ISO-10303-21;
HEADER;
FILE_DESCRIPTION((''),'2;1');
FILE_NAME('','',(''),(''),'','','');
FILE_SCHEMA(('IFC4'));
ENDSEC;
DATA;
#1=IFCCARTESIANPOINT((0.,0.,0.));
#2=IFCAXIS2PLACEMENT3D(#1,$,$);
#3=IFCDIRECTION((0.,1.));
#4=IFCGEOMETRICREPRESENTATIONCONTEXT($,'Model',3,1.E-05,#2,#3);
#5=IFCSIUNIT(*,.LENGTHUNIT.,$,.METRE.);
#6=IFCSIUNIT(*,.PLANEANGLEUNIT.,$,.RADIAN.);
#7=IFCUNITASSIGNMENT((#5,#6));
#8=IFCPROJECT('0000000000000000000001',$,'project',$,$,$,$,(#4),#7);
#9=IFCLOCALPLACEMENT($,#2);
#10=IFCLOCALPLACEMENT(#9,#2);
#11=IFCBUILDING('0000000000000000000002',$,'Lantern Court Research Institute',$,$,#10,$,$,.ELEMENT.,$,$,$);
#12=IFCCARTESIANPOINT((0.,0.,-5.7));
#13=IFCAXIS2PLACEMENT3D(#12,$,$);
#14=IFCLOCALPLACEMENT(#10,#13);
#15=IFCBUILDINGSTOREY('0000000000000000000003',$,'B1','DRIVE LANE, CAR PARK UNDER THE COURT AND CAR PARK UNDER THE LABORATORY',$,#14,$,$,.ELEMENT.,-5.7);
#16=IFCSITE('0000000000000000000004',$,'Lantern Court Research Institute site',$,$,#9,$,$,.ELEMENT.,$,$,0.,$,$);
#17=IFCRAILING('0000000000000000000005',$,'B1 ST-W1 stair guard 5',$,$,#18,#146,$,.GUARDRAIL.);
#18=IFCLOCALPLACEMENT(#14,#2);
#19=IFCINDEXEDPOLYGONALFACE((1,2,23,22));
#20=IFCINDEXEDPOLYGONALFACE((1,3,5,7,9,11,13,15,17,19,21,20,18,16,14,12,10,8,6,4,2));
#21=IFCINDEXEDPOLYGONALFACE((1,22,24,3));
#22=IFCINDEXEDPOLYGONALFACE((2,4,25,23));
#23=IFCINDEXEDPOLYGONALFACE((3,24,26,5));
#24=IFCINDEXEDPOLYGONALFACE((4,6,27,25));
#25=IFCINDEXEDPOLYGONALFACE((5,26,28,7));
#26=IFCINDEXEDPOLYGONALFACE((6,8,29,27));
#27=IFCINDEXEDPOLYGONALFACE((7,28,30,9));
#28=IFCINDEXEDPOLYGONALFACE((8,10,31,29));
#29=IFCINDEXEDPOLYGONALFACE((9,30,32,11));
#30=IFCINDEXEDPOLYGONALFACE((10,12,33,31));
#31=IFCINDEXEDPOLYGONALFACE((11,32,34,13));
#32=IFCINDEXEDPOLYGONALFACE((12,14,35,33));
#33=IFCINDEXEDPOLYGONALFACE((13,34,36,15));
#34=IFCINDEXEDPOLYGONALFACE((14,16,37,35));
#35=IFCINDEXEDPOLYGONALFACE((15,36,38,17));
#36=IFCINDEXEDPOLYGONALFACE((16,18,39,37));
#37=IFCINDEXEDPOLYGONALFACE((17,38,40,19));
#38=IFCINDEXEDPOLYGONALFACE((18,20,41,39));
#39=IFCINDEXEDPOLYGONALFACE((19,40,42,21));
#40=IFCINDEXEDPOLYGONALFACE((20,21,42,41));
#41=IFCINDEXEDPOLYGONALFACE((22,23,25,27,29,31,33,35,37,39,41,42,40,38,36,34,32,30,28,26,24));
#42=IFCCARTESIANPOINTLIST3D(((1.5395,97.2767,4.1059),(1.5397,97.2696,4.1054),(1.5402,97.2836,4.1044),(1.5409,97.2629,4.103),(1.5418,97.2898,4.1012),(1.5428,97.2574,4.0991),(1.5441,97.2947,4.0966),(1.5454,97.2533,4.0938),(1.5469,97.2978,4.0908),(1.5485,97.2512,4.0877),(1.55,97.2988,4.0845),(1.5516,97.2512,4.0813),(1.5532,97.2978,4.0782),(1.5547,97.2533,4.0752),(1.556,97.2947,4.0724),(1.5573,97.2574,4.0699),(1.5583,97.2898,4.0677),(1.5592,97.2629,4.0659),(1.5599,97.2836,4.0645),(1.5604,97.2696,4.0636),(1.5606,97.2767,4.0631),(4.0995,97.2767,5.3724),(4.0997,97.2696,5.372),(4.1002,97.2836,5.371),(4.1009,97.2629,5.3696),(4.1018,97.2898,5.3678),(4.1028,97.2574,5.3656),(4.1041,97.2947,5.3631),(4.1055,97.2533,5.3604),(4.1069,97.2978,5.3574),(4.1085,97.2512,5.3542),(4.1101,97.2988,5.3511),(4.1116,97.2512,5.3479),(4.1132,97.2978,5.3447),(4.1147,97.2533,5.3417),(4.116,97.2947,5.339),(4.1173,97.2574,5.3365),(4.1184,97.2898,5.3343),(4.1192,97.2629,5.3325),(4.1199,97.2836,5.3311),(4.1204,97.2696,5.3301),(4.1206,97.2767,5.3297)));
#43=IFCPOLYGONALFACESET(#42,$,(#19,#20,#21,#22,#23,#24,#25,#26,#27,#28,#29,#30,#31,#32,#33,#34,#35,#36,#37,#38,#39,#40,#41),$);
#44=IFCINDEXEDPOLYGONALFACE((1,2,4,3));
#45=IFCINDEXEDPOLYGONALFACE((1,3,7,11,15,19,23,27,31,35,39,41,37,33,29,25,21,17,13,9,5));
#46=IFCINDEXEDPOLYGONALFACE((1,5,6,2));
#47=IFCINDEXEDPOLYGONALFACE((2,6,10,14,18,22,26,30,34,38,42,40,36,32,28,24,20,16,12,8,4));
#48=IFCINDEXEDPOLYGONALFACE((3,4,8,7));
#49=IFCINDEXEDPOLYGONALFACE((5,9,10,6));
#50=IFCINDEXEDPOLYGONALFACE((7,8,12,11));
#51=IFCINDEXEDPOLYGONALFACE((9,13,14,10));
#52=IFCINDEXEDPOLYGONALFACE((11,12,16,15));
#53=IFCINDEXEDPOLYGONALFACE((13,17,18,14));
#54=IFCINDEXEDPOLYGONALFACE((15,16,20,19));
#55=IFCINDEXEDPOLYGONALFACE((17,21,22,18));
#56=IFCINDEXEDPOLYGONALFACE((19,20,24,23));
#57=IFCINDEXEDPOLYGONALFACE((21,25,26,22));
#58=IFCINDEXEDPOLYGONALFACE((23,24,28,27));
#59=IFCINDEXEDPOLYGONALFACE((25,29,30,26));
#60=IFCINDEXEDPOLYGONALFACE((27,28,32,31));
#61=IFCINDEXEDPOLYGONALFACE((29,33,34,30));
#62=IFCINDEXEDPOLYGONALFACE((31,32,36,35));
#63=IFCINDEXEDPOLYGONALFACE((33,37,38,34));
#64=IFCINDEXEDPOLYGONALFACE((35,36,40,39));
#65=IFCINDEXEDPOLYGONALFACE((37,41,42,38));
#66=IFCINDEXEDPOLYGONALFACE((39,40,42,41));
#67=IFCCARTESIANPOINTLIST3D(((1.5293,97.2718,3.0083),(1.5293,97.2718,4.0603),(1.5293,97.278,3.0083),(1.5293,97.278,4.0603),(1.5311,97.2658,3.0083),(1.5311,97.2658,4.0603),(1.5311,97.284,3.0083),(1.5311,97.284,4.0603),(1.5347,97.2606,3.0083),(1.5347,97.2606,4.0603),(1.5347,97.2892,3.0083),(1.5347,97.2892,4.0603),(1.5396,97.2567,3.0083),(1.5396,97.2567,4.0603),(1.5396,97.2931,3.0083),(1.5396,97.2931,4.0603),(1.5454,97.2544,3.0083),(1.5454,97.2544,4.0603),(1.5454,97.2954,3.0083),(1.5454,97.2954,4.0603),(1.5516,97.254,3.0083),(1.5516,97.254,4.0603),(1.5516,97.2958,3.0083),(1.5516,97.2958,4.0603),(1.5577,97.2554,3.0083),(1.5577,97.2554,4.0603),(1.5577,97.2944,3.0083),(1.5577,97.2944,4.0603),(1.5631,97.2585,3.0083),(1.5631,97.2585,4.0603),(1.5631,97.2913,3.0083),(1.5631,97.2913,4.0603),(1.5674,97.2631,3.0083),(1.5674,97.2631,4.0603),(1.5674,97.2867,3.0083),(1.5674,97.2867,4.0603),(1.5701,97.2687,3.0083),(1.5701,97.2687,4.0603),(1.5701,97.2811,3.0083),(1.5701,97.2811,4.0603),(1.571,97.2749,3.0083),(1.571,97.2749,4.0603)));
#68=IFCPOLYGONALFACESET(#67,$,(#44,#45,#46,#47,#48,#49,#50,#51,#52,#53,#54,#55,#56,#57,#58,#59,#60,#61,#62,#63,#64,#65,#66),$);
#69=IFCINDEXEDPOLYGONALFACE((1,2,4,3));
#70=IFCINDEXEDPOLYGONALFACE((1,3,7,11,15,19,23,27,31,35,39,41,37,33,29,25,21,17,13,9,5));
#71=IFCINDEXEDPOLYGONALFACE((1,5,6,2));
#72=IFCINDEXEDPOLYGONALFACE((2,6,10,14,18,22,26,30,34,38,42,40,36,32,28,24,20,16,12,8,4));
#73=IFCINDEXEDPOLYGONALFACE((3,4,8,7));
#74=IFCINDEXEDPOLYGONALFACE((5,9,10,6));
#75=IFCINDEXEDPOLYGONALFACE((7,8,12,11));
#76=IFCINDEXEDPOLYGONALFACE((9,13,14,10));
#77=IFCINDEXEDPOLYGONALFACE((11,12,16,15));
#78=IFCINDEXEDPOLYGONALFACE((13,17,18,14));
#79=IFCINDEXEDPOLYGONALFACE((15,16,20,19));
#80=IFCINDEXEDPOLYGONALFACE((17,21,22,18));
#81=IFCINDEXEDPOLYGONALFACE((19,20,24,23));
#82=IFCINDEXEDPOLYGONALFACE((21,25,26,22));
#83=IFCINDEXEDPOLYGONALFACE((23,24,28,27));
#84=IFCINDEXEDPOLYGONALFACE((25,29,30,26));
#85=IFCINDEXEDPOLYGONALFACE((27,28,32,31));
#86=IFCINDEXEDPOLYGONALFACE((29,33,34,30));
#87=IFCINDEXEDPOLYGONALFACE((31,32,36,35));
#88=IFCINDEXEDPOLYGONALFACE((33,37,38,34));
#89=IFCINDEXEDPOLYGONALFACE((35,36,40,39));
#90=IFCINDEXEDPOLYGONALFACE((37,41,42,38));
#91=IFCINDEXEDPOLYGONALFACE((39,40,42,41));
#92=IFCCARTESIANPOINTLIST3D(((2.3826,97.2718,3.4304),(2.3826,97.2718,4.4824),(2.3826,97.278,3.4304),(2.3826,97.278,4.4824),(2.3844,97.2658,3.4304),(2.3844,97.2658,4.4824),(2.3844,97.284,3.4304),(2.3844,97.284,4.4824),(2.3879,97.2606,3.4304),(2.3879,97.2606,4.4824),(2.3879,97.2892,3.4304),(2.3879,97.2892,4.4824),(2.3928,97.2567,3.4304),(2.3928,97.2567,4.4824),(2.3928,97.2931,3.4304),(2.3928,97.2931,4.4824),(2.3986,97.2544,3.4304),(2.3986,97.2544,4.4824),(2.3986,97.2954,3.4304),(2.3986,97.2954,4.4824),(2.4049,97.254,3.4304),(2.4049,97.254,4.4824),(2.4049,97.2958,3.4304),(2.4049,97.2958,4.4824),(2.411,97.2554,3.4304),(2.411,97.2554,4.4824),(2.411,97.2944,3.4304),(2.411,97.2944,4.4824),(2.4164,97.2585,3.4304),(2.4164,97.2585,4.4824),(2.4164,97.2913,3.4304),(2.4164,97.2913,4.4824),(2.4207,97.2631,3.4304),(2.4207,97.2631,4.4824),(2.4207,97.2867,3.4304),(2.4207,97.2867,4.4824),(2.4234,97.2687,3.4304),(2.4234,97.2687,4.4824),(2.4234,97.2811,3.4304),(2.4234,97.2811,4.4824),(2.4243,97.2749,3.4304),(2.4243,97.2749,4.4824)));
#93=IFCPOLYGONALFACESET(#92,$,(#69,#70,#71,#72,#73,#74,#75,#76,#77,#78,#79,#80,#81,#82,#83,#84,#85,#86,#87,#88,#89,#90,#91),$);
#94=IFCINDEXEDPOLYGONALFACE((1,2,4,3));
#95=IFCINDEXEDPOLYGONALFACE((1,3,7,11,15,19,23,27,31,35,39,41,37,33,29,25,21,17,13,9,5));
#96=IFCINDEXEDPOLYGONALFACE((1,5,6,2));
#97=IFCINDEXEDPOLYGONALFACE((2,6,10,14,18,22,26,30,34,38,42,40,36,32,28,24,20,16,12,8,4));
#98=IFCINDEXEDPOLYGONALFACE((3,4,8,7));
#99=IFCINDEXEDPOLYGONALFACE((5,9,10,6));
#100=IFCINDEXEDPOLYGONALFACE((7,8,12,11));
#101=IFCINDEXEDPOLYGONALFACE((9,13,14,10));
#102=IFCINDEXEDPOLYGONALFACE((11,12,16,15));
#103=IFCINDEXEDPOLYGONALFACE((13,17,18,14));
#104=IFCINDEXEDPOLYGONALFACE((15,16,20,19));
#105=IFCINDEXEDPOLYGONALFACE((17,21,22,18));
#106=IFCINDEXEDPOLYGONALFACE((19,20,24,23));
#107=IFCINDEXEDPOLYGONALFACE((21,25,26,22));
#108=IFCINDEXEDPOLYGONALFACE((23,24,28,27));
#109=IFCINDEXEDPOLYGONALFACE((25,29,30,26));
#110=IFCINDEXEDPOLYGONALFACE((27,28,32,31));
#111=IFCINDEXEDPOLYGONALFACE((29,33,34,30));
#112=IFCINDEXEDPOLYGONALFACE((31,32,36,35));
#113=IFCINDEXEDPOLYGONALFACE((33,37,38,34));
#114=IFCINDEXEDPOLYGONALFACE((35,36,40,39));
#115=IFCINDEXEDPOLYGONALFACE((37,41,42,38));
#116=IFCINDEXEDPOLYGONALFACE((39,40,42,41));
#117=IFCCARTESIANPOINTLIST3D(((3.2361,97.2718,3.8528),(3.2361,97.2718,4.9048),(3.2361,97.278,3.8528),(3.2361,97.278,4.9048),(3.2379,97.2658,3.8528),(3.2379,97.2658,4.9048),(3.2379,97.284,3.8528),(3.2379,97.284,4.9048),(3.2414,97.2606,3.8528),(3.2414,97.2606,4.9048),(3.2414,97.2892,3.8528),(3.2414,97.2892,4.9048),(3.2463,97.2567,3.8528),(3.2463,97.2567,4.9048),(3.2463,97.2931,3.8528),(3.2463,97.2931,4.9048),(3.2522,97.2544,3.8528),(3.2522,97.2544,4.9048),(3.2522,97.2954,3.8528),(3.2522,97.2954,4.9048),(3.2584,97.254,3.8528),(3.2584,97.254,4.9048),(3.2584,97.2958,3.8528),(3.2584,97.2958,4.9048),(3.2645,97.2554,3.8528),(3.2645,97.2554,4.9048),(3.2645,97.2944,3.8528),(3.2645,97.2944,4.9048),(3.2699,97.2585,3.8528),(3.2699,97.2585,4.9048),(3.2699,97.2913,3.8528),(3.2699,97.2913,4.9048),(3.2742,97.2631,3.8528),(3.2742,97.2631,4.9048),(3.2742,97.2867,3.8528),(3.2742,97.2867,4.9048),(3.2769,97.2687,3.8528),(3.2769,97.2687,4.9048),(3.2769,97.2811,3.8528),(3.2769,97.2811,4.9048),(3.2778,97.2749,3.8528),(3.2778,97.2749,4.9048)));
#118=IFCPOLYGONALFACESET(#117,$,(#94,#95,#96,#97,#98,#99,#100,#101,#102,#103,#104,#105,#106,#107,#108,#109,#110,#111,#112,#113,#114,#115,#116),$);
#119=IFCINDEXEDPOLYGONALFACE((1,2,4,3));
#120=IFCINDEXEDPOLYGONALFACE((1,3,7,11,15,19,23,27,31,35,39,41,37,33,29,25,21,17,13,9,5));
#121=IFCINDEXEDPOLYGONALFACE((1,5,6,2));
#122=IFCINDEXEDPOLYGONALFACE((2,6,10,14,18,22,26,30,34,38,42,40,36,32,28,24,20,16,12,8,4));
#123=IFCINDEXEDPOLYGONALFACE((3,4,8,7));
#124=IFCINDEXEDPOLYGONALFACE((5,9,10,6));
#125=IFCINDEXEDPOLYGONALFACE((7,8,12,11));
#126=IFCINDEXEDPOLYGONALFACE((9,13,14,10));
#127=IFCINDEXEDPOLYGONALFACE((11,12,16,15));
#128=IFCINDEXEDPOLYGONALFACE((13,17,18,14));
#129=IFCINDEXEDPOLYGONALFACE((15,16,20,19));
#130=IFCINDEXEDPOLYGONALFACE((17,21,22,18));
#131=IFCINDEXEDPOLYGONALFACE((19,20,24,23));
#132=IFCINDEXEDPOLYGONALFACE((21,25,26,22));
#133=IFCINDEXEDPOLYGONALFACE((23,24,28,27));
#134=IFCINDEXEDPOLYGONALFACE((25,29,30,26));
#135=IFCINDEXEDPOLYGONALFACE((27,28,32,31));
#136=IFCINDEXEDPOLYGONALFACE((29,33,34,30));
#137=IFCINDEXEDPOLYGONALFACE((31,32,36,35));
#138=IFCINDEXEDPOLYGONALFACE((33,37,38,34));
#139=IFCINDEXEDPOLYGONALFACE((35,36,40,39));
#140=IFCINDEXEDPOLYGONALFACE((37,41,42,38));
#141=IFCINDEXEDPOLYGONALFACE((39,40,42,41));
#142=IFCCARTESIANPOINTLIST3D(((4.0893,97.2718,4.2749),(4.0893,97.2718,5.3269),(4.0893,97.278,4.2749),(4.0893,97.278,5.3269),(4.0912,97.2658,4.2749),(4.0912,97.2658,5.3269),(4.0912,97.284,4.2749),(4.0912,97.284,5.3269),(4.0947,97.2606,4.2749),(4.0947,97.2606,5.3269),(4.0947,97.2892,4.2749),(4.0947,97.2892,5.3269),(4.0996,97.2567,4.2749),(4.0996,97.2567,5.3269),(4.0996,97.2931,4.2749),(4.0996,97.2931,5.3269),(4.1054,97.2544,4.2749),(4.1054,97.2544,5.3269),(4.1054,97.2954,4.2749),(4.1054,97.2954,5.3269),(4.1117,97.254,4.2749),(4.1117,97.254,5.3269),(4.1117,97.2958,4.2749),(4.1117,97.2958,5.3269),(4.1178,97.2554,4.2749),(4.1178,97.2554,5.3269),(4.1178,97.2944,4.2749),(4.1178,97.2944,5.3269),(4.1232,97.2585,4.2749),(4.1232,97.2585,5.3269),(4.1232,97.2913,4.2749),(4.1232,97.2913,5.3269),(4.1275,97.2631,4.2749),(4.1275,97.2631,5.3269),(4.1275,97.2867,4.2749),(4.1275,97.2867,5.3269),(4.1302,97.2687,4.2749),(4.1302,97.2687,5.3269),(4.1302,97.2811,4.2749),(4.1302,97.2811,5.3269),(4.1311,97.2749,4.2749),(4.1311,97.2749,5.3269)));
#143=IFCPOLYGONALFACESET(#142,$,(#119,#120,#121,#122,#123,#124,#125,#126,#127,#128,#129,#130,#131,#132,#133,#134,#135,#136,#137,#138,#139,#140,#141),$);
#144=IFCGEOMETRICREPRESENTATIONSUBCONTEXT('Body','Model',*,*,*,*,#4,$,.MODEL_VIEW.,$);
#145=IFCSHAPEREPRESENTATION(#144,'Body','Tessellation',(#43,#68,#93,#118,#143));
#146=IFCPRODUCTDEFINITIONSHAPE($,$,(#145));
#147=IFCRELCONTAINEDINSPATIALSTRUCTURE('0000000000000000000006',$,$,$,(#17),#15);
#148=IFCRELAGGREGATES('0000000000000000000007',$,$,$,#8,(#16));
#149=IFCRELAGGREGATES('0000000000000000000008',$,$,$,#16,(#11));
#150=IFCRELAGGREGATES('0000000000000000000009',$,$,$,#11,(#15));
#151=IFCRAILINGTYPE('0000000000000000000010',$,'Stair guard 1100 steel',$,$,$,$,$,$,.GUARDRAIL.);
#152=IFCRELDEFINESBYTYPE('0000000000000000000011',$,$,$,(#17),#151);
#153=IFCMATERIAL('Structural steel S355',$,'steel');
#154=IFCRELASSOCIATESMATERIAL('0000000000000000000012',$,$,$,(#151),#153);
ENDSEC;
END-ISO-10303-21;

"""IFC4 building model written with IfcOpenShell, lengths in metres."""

from ifc_helpers import new_model, si_unit, direction, frame, origin, origin_2d, place, context, subcontext, project, spatial, circle, extrude, material, type_object, element, save


model = new_model("IFC4")

# Units and contexts
model_context = context("Model", 3, precision=1e-05, world=origin(), true_north=direction((0.0, 1.0)))
body_context = subcontext(model_context, "Body", "Model", "MODEL_VIEW")
ifc_project = project(units=[si_unit("LENGTHUNIT", "METRE"), si_unit("PLANEANGLEUNIT", "RADIAN")], contexts=[model_context])

# Site, building, storey
site_placement = place(None, origin())
site = spatial("IfcSite", under=ifc_project, at=site_placement, Name="Lantern Court Research Institute site", CompositionType="ELEMENT", RefElevation=0.0)
building_placement = place(site_placement, origin())
building = spatial("IfcBuilding", under=site, at=building_placement, Name="Lantern Court Research Institute", CompositionType="ELEMENT")
storey_placement = place(building_placement, frame((0.0, 0.0, -5.7)))
storey = spatial("IfcBuildingStorey", under=building, at=storey_placement, Name="B1", Description="DRIVE LANE, CAR PARK UNDER THE COURT AND CAR PARK UNDER THE LABORATORY", CompositionType="ELEMENT", Elevation=-5.7)

# Railing
ifc_material_1 = material(Name="Structural steel S355", Category="steel")
railing_type_1 = type_object("IfcRailingType", Name="Stair guard 1100 steel", PredefinedType="GUARDRAIL", material=ifc_material_1)
railing_1_placement = place(storey_placement, frame((1.55, 97.2749, 3.0083)))
element("IfcRailing", 1, at=railing_1_placement, inside=storey, type_object=railing_type_1, Name="B1 ST-W1 stair guard 5", PredefinedType="GUARDRAIL", context=body_context, shape_type="SweptSolid", body=[
    extrude(circle(Radius=0.0239, at=origin_2d()), frame((0.0, 0.0, 1.0762), z_axis=(0.8963, 0.0, 0.443449), x_axis=(0.0, 1.0, 0.0)), (0.0, 0.0, 1.0), 2.8562),
    extrude(circle(Radius=0.021, at=origin_2d()), origin(), (0.0, 0.0, 1.0), 1.052),
    extrude(circle(Radius=0.021, at=origin_2d()), frame((0.8533, 0.0, 0.4221)), (0.0, 0.0, 1.0), 1.052),
    extrude(circle(Radius=0.021, at=origin_2d()), frame((1.7068, 0.0, 0.8445)), (0.0, 0.0, 1.0), 1.052),
    extrude(circle(Radius=0.021, at=origin_2d()), frame((2.5601, 0.0, 1.2666)), (0.0, 0.0, 1.0), 1.052),
])

save(model, "model.ifc")
